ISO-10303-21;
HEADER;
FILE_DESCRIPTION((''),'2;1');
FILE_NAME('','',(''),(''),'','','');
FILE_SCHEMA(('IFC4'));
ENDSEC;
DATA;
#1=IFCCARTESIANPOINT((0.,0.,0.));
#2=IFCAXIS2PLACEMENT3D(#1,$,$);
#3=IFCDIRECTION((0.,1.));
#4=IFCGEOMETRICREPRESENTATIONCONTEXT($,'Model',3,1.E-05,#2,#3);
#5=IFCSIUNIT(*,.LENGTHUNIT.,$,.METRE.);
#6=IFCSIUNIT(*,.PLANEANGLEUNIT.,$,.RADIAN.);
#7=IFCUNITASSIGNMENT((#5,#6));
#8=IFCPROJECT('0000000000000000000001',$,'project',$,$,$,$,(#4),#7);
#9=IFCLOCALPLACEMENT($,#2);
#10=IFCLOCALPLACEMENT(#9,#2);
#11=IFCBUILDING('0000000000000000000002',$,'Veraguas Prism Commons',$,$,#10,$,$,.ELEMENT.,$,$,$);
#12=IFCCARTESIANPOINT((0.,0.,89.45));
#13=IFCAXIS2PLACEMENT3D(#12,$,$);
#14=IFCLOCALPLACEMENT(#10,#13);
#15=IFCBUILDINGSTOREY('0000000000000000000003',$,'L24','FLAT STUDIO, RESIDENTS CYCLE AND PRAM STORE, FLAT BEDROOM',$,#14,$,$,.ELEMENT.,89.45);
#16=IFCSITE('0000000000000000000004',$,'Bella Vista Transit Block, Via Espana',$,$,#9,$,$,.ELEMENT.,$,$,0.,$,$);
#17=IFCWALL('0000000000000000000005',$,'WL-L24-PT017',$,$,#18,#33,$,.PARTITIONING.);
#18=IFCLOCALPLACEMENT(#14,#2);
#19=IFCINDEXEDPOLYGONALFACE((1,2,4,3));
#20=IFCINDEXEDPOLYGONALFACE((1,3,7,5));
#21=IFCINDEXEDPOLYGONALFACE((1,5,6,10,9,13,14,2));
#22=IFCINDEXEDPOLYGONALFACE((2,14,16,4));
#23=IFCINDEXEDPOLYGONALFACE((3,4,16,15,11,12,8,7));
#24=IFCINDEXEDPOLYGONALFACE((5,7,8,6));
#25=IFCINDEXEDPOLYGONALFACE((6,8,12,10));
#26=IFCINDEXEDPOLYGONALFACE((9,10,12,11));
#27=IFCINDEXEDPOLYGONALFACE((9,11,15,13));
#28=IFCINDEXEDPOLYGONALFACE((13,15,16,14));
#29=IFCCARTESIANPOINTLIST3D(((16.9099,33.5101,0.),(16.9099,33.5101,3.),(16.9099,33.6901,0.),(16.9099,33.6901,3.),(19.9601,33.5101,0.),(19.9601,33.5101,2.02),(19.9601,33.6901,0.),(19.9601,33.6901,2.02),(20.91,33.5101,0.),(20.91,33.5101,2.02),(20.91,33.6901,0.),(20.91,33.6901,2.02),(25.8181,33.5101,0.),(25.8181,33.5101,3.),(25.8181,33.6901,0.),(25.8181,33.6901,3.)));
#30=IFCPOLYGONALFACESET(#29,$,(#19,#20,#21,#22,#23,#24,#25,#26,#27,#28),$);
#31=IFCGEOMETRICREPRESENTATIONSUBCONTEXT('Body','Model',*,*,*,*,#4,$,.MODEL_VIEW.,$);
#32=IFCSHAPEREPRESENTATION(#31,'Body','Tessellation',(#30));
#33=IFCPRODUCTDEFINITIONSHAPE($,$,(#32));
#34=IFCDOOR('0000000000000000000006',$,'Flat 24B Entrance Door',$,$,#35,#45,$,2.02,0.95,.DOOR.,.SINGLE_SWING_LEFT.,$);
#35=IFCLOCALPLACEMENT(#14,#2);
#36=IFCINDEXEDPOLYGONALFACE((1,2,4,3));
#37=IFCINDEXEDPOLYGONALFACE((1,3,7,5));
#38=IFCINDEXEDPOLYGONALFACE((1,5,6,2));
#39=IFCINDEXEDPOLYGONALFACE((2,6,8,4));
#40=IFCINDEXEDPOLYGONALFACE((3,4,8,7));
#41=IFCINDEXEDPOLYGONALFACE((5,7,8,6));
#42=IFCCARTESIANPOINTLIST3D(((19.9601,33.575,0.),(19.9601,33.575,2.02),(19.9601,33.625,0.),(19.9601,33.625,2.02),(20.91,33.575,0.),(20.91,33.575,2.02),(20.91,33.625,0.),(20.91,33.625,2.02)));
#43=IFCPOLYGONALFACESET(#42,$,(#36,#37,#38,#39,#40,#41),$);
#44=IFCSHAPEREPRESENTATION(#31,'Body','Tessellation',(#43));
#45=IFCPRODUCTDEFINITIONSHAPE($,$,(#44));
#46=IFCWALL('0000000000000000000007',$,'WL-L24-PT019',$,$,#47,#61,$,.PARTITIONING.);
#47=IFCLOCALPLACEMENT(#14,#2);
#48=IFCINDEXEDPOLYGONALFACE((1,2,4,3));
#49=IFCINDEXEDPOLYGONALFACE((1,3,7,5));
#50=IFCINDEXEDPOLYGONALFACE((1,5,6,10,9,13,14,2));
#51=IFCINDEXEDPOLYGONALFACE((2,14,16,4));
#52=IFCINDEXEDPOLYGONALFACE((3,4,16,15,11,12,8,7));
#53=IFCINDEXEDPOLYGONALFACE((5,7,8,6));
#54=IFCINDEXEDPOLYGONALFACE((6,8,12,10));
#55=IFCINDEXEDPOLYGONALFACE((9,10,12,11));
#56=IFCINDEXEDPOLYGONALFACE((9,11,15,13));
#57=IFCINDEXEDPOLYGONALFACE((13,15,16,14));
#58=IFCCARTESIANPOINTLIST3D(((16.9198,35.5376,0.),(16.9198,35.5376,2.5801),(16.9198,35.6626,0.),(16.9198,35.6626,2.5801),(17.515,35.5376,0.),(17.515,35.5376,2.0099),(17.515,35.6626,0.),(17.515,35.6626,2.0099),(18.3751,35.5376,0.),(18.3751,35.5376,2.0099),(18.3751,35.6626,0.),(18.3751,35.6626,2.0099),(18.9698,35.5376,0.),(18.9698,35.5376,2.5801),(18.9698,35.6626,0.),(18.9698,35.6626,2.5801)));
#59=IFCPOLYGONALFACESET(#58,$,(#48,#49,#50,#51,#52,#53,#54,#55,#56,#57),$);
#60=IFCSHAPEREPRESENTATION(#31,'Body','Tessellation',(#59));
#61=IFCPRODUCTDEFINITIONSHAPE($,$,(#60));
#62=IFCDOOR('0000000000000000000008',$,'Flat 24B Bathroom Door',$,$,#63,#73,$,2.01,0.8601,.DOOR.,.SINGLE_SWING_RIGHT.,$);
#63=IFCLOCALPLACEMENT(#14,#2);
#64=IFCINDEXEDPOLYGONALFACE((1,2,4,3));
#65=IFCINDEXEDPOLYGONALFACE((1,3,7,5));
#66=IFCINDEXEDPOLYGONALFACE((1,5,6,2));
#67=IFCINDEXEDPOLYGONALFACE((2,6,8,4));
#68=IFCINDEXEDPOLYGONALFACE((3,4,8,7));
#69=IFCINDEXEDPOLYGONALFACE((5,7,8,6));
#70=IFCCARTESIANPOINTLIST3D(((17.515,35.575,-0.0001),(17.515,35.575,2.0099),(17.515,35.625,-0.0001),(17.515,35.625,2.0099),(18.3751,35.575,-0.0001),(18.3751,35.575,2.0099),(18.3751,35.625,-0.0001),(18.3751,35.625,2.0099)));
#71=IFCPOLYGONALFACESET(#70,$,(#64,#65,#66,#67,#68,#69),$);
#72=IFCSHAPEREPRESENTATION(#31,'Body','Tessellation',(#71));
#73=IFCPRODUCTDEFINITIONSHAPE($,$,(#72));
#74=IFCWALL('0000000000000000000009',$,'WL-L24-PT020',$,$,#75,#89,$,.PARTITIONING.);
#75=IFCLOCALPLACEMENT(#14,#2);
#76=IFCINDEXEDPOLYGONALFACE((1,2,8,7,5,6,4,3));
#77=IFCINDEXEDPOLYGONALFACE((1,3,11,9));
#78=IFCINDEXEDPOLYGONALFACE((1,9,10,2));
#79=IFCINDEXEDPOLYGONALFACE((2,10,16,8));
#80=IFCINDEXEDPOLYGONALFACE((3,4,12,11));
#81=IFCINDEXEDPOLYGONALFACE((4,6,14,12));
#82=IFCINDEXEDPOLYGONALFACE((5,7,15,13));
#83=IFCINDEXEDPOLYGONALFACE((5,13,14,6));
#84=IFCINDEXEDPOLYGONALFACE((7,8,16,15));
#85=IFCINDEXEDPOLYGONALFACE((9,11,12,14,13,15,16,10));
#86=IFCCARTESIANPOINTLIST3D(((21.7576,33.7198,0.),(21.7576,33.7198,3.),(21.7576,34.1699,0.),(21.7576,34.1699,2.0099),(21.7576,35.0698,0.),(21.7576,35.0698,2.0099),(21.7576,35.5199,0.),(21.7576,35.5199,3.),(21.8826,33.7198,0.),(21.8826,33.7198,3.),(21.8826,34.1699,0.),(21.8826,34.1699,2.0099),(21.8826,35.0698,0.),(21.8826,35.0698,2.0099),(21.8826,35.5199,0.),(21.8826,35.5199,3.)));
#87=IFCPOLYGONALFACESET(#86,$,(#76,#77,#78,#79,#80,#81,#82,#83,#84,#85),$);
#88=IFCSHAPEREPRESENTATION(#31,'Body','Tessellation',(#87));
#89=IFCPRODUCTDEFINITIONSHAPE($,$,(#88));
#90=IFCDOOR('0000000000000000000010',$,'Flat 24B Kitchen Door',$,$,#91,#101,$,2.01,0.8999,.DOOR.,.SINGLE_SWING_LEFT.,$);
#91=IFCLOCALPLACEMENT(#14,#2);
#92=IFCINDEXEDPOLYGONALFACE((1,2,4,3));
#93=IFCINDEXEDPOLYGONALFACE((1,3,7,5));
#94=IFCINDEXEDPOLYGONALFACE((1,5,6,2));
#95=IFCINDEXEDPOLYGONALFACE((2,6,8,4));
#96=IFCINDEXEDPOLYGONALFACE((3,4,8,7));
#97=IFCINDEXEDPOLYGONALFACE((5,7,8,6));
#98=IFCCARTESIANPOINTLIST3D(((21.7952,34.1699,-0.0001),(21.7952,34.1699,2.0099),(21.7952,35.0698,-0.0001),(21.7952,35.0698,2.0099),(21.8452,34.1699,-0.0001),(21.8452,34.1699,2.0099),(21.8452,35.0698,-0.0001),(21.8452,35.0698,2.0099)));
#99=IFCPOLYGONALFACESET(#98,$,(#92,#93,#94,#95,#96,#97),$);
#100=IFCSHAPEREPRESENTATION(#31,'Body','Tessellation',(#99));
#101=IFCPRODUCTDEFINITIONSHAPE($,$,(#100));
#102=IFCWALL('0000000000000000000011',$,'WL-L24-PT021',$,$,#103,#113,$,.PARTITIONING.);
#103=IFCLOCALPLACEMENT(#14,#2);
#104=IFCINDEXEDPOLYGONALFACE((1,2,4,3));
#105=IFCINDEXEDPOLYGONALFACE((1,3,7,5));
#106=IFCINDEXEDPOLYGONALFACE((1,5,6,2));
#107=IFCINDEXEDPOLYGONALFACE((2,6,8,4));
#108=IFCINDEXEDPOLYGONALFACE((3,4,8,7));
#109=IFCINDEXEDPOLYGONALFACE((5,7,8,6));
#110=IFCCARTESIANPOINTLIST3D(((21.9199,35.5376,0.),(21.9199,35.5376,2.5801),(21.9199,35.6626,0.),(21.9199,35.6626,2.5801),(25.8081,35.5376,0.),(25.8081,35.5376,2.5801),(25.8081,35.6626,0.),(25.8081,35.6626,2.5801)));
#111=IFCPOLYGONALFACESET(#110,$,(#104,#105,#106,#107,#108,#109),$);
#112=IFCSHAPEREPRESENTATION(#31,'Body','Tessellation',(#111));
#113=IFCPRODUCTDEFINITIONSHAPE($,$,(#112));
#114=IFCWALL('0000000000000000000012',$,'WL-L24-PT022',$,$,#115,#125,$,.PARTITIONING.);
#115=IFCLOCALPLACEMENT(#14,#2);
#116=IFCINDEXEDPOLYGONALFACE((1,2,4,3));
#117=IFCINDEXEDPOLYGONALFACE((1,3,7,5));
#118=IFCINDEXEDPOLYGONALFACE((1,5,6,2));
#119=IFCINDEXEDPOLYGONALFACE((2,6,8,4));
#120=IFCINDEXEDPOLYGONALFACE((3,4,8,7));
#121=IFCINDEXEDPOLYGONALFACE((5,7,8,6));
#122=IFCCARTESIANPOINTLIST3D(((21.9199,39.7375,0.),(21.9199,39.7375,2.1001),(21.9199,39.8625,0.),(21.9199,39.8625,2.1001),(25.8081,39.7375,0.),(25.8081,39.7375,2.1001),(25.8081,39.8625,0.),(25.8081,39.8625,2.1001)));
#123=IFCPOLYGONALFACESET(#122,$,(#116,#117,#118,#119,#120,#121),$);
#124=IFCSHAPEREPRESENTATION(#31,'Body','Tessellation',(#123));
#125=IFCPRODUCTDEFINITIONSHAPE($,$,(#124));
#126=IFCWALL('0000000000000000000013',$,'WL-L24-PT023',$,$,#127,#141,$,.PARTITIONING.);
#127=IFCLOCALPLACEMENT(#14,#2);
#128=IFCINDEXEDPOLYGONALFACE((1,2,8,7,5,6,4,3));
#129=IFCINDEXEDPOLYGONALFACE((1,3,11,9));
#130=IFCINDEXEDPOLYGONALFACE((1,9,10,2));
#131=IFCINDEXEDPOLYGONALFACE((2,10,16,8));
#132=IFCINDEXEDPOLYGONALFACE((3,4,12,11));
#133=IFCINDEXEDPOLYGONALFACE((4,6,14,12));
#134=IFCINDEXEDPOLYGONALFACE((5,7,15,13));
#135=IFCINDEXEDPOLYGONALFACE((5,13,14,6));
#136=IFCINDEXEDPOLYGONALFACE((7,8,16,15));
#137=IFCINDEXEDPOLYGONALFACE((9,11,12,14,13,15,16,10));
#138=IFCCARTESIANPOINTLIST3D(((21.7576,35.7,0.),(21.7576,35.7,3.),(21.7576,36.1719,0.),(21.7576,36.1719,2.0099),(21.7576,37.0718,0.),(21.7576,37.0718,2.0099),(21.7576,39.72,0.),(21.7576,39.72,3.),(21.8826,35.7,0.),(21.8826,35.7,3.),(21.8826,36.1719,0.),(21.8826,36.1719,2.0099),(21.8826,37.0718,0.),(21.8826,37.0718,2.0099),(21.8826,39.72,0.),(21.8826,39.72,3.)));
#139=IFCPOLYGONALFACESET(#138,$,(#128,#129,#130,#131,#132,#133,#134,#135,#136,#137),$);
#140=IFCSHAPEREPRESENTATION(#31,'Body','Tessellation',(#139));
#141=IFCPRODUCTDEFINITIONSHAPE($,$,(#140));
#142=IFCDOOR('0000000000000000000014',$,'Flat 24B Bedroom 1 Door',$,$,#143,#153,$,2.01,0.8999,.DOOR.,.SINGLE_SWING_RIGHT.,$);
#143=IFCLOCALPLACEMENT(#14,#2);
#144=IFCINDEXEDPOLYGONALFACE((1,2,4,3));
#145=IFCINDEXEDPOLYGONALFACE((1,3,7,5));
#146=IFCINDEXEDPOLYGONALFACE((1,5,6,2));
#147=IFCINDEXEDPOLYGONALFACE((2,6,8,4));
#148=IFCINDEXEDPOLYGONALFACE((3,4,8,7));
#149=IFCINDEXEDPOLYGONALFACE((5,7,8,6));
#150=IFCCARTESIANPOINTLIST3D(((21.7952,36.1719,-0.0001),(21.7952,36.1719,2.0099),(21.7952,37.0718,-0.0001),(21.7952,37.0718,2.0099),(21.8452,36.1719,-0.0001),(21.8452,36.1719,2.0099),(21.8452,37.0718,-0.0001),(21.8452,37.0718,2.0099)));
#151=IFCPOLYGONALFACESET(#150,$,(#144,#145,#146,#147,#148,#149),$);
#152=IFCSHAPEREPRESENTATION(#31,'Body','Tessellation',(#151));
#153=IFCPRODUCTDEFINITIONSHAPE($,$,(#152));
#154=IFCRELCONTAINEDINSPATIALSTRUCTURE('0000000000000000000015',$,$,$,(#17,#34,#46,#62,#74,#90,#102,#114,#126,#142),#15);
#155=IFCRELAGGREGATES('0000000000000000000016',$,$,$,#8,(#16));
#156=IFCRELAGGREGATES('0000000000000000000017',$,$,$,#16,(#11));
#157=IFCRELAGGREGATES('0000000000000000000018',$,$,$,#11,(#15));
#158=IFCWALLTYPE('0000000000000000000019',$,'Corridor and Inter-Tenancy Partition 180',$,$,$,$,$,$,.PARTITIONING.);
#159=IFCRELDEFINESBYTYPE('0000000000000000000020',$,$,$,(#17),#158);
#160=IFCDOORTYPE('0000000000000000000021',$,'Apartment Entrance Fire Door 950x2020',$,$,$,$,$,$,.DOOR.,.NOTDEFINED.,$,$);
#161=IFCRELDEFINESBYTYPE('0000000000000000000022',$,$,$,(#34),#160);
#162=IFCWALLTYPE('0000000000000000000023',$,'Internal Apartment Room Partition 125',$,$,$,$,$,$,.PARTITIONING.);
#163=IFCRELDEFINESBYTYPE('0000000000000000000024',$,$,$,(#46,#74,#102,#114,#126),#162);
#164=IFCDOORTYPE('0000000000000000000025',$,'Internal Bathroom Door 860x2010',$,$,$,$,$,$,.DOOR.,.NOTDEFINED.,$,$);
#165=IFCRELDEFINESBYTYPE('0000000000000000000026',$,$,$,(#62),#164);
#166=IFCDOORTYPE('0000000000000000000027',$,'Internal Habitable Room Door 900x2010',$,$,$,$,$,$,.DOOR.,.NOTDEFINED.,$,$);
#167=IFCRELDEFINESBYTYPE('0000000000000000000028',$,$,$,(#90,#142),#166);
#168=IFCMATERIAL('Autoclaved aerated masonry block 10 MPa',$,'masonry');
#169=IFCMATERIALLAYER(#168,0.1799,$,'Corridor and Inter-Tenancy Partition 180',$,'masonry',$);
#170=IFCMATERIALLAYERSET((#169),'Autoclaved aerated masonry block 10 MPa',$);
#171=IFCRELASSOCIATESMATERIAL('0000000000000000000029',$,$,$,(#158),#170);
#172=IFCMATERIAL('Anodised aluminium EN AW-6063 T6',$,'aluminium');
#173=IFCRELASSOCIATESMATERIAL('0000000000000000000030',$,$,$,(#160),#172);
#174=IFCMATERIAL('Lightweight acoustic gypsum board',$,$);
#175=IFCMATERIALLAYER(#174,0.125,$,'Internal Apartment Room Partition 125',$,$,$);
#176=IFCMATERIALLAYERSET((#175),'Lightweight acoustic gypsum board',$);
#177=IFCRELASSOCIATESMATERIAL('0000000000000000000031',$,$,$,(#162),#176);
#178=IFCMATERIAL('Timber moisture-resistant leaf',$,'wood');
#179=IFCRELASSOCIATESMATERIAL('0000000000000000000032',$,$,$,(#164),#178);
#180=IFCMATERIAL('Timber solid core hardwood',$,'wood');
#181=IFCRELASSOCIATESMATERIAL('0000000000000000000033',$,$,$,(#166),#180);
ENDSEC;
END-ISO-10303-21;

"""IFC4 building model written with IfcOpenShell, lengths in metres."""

from ifc_helpers import new_model, si_unit, direction, frame, frame_2d, origin, place, context, subcontext, project, spatial, rectangle, extrude, source, transform, mapped, material, layer, layer_set, type_object, element, fill, save


model = new_model("IFC4")

# Units and contexts
model_context = context("Model", 3, precision=1e-05, world=origin(), true_north=direction((0.0, 1.0)))
body_context = subcontext(model_context, "Body", "Model", "MODEL_VIEW")
ifc_project = project(units=[si_unit("LENGTHUNIT", "METRE"), si_unit("PLANEANGLEUNIT", "RADIAN")], contexts=[model_context])

# Site, building, storey
site_placement = place(None, origin())
site = spatial("IfcSite", under=ifc_project, at=site_placement, Name="Bella Vista Transit Block, Via Espana", CompositionType="ELEMENT", RefElevation=0.0)
building_placement = place(site_placement, origin())
building = spatial("IfcBuilding", under=site, at=building_placement, Name="Veraguas Prism Commons", CompositionType="ELEMENT")
storey_placement = place(building_placement, frame((0.0, 0.0, 89.45)))
storey = spatial("IfcBuildingStorey", under=building, at=storey_placement, Name="L24", Description="FLAT STUDIO, RESIDENTS CYCLE AND PRAM STORE, FLAT BEDROOM", CompositionType="ELEMENT", Elevation=89.45)

# Shared definitions
ifc_material_1 = material(Name="Anodised aluminium EN AW-6063 T6", Category="aluminium")

# Shared definitions
ifc_material_2 = material(Name="Autoclaved aerated masonry block 10 MPa", Category="masonry")
ifc_layer_1 = layer(ifc_material_2, 0.1799, Name="Corridor and Inter-Tenancy Partition 180", Category="masonry")
ifc_layer_set_1 = layer_set([ifc_layer_1], Name="Autoclaved aerated masonry block 10 MPa")
wall_type_1 = type_object("IfcWallType", Name="Corridor and Inter-Tenancy Partition 180", PredefinedType="PARTITIONING", material=ifc_layer_set_1)

# Walls, openings, doors
wall_1_placement = place(storey_placement, frame((16.9099, 33.6001, 0.0), z_axis=(0.0, 0.0, 1.0), x_axis=(1.0, 0.0, 0.0)))
wall_1 = element("IfcWall", 1, at=wall_1_placement, inside=storey, type_object=wall_type_1, Name="WL-L24-PT017", PredefinedType="PARTITIONING", context=body_context, shape_type="SweptSolid", body=[
    extrude(rectangle(XDim=8.9082, YDim=0.1799, at=frame_2d((4.4541, 0.0))), origin(), (0.0, 0.0, 1.0), 3.0),
])
opening_1_placement = place(wall_1_placement, frame((3.05, 0.0, 0.0)))
opening_1 = element("IfcOpeningElement", 2, at=opening_1_placement, cuts=wall_1, PredefinedType="OPENING", context=body_context, shape_type="SweptSolid", body=[
    extrude(rectangle(XDim=0.95, YDim=2.02, at=frame_2d((0.4751, 1.01))), frame((0.0, 0.0999, 0.0), z_axis=(0.0, -1.0, 0.0), x_axis=(1.0, 0.0, 0.0)), (0.0, 0.0, 1.0), 0.2),
])
door_type_1 = type_object("IfcDoorType", Name="Apartment Entrance Fire Door 950x2020", OperationType="NOTDEFINED", PredefinedType="DOOR", material=ifc_material_1)
shared_shape_1 = source(origin(), body_context, "Body", "SweptSolid", [
    extrude(rectangle(XDim=0.95, YDim=2.02, at=frame_2d((0.4751, 1.01))), frame((0.0, 0.0249, 0.0), z_axis=(0.0, -1.0, 0.0), x_axis=(1.0, 0.0, 0.0)), (0.0, 0.0, 1.0), 0.05),
])
door_1_placement = place(opening_1_placement, origin())
door_1 = element("IfcDoor", 3, at=door_1_placement, inside=storey, type_object=door_type_1, Name="Flat 24B Entrance Door", OperationType="SINGLE_SWING_LEFT", OverallHeight=2.02, OverallWidth=0.95, PredefinedType="DOOR", context=body_context, shape_type="MappedRepresentation", body=[
    mapped(shared_shape_1, transform((0.0, 0.0, 0.0), scale=1.0)),
])
fill(opening_1, door_1)
ifc_material_3 = material(Name="Lightweight acoustic gypsum board")
ifc_layer_2 = layer(ifc_material_3, 0.125, Name="Internal Apartment Room Partition 125")
ifc_layer_set_2 = layer_set([ifc_layer_2], Name="Lightweight acoustic gypsum board")
wall_type_2 = type_object("IfcWallType", Name="Internal Apartment Room Partition 125", PredefinedType="PARTITIONING", material=ifc_layer_set_2)
wall_2_placement = place(storey_placement, frame((16.9199, 35.6001, 0.0), z_axis=(0.0, 0.0, 1.0), x_axis=(1.0, 0.0, 0.0)))
wall_2 = element("IfcWall", 4, at=wall_2_placement, inside=storey, type_object=wall_type_2, Name="WL-L24-PT019", PredefinedType="PARTITIONING", context=body_context, shape_type="SweptSolid", body=[
    extrude(rectangle(XDim=2.05, YDim=0.125, at=frame_2d((1.0249, 0.0))), origin(), (0.0, 0.0, 1.0), 2.5801),
])
opening_2_placement = place(wall_2_placement, frame((0.595, 0.0, 0.0)))
opening_2 = element("IfcOpeningElement", 5, at=opening_2_placement, cuts=wall_2, PredefinedType="OPENING", context=body_context, shape_type="SweptSolid", body=[
    extrude(rectangle(XDim=0.8601, YDim=2.01, at=frame_2d((0.4302, 1.0049))), frame((0.0, 0.0725, 0.0), z_axis=(0.0, -1.0, 0.0), x_axis=(1.0, 0.0, 0.0)), (0.0, 0.0, 1.0), 0.145),
])
ifc_material_4 = material(Name="Timber moisture-resistant leaf", Category="wood")
door_type_2 = type_object("IfcDoorType", Name="Internal Bathroom Door 860x2010", OperationType="NOTDEFINED", PredefinedType="DOOR", material=ifc_material_4)
shared_shape_2 = source(origin(), body_context, "Body", "SweptSolid", [
    extrude(rectangle(XDim=0.8601, YDim=2.01, at=frame_2d((0.4302, 1.0049))), frame((0.0, 0.0249, 0.0), z_axis=(0.0, -1.0, 0.0), x_axis=(1.0, 0.0, 0.0)), (0.0, 0.0, 1.0), 0.05),
])
door_2_placement = place(opening_2_placement, origin())
door_2 = element("IfcDoor", 6, at=door_2_placement, inside=storey, type_object=door_type_2, Name="Flat 24B Bathroom Door", OperationType="SINGLE_SWING_RIGHT", OverallHeight=2.01, OverallWidth=0.8601, PredefinedType="DOOR", context=body_context, shape_type="MappedRepresentation", body=[
    mapped(shared_shape_2, transform((0.0, 0.0, 0.0), scale=1.0)),
])
fill(opening_2, door_2)
wall_3_placement = place(storey_placement, frame((21.8201, 33.72, 0.0), z_axis=(0.0, 0.0, 1.0), x_axis=(0.0, 1.0, 0.0)))
wall_3 = element("IfcWall", 7, at=wall_3_placement, inside=storey, type_object=wall_type_2, Name="WL-L24-PT020", PredefinedType="PARTITIONING", context=body_context, shape_type="SweptSolid", body=[
    extrude(rectangle(XDim=1.8, YDim=0.125, at=frame_2d((0.8999, 0.0))), origin(), (0.0, 0.0, 1.0), 3.0),
])
opening_3_placement = place(wall_3_placement, frame((0.45, 0.0, 0.0)))
opening_3 = element("IfcOpeningElement", 8, at=opening_3_placement, cuts=wall_3, PredefinedType="OPENING", context=body_context, shape_type="SweptSolid", body=[
    extrude(rectangle(XDim=0.8999, YDim=2.01, at=frame_2d((0.45, 1.0049))), frame((0.0, 0.0725, 0.0), z_axis=(0.0, -1.0, 0.0), x_axis=(1.0, 0.0, 0.0)), (0.0, 0.0, 1.0), 0.145),
])
ifc_material_5 = material(Name="Timber solid core hardwood", Category="wood")
door_type_3 = type_object("IfcDoorType", Name="Internal Habitable Room Door 900x2010", OperationType="NOTDEFINED", PredefinedType="DOOR", material=ifc_material_5)
shared_shape_3 = source(origin(), body_context, "Body", "SweptSolid", [
    extrude(rectangle(XDim=0.8999, YDim=2.01, at=frame_2d((0.45, 1.0049))), frame((0.0, 0.0249, 0.0), z_axis=(0.0, -1.0, 0.0), x_axis=(1.0, 0.0, 0.0)), (0.0, 0.0, 1.0), 0.05),
])
door_3_placement = place(opening_3_placement, origin())
door_3 = element("IfcDoor", 9, at=door_3_placement, inside=storey, type_object=door_type_3, Name="Flat 24B Kitchen Door", OperationType="SINGLE_SWING_LEFT", OverallHeight=2.01, OverallWidth=0.8999, PredefinedType="DOOR", context=body_context, shape_type="MappedRepresentation", body=[
    mapped(shared_shape_3, transform((0.0, 0.0, 0.0), scale=1.0)),
])
fill(opening_3, door_3)

# Walls
wall_4_placement = place(storey_placement, frame((21.9199, 35.6001, 0.0), z_axis=(0.0, 0.0, 1.0), x_axis=(1.0, 0.0, 0.0)))
element("IfcWall", 10, at=wall_4_placement, inside=storey, type_object=wall_type_2, Name="WL-L24-PT021", PredefinedType="PARTITIONING", context=body_context, shape_type="SweptSolid", body=[
    extrude(rectangle(XDim=3.8882, YDim=0.125, at=frame_2d((1.9441, 0.0))), origin(), (0.0, 0.0, 1.0), 2.5801),
])
wall_5_placement = place(storey_placement, frame((21.9199, 39.8, 0.0), z_axis=(0.0, 0.0, 1.0), x_axis=(1.0, 0.0, 0.0)))
element("IfcWall", 11, at=wall_5_placement, inside=storey, type_object=wall_type_2, Name="WL-L24-PT022", PredefinedType="PARTITIONING", context=body_context, shape_type="SweptSolid", body=[
    extrude(rectangle(XDim=3.8882, YDim=0.125, at=frame_2d((1.9441, 0.0))), origin(), (0.0, 0.0, 1.0), 2.1001),
])

# Wall, opening, door
wall_6_placement = place(storey_placement, frame((21.8201, 35.7, 0.0), z_axis=(0.0, 0.0, 1.0), x_axis=(0.0, 1.0, 0.0)))
wall_6 = element("IfcWall", 12, at=wall_6_placement, inside=storey, type_object=wall_type_2, Name="WL-L24-PT023", PredefinedType="PARTITIONING", context=body_context, shape_type="SweptSolid", body=[
    extrude(rectangle(XDim=4.02, YDim=0.125, at=frame_2d((2.01, 0.0))), origin(), (0.0, 0.0, 1.0), 3.0),
])
opening_4_placement = place(wall_6_placement, frame((0.4719, 0.0, 0.0)))
opening_4 = element("IfcOpeningElement", 13, at=opening_4_placement, cuts=wall_6, PredefinedType="OPENING", context=body_context, shape_type="SweptSolid", body=[
    extrude(rectangle(XDim=0.8999, YDim=2.01, at=frame_2d((0.45, 1.0049))), frame((0.0, 0.0725, 0.0), z_axis=(0.0, -1.0, 0.0), x_axis=(1.0, 0.0, 0.0)), (0.0, 0.0, 1.0), 0.145),
])
door_4_placement = place(opening_4_placement, origin())
door_4 = element("IfcDoor", 14, at=door_4_placement, inside=storey, type_object=door_type_3, Name="Flat 24B Bedroom 1 Door", OperationType="SINGLE_SWING_RIGHT", OverallHeight=2.01, OverallWidth=0.8999, PredefinedType="DOOR", context=body_context, shape_type="MappedRepresentation", body=[
    mapped(shared_shape_3, transform((0.0, 0.0, 0.0), scale=1.0)),
])
fill(opening_4, door_4)

save(model, "model.ifc")
